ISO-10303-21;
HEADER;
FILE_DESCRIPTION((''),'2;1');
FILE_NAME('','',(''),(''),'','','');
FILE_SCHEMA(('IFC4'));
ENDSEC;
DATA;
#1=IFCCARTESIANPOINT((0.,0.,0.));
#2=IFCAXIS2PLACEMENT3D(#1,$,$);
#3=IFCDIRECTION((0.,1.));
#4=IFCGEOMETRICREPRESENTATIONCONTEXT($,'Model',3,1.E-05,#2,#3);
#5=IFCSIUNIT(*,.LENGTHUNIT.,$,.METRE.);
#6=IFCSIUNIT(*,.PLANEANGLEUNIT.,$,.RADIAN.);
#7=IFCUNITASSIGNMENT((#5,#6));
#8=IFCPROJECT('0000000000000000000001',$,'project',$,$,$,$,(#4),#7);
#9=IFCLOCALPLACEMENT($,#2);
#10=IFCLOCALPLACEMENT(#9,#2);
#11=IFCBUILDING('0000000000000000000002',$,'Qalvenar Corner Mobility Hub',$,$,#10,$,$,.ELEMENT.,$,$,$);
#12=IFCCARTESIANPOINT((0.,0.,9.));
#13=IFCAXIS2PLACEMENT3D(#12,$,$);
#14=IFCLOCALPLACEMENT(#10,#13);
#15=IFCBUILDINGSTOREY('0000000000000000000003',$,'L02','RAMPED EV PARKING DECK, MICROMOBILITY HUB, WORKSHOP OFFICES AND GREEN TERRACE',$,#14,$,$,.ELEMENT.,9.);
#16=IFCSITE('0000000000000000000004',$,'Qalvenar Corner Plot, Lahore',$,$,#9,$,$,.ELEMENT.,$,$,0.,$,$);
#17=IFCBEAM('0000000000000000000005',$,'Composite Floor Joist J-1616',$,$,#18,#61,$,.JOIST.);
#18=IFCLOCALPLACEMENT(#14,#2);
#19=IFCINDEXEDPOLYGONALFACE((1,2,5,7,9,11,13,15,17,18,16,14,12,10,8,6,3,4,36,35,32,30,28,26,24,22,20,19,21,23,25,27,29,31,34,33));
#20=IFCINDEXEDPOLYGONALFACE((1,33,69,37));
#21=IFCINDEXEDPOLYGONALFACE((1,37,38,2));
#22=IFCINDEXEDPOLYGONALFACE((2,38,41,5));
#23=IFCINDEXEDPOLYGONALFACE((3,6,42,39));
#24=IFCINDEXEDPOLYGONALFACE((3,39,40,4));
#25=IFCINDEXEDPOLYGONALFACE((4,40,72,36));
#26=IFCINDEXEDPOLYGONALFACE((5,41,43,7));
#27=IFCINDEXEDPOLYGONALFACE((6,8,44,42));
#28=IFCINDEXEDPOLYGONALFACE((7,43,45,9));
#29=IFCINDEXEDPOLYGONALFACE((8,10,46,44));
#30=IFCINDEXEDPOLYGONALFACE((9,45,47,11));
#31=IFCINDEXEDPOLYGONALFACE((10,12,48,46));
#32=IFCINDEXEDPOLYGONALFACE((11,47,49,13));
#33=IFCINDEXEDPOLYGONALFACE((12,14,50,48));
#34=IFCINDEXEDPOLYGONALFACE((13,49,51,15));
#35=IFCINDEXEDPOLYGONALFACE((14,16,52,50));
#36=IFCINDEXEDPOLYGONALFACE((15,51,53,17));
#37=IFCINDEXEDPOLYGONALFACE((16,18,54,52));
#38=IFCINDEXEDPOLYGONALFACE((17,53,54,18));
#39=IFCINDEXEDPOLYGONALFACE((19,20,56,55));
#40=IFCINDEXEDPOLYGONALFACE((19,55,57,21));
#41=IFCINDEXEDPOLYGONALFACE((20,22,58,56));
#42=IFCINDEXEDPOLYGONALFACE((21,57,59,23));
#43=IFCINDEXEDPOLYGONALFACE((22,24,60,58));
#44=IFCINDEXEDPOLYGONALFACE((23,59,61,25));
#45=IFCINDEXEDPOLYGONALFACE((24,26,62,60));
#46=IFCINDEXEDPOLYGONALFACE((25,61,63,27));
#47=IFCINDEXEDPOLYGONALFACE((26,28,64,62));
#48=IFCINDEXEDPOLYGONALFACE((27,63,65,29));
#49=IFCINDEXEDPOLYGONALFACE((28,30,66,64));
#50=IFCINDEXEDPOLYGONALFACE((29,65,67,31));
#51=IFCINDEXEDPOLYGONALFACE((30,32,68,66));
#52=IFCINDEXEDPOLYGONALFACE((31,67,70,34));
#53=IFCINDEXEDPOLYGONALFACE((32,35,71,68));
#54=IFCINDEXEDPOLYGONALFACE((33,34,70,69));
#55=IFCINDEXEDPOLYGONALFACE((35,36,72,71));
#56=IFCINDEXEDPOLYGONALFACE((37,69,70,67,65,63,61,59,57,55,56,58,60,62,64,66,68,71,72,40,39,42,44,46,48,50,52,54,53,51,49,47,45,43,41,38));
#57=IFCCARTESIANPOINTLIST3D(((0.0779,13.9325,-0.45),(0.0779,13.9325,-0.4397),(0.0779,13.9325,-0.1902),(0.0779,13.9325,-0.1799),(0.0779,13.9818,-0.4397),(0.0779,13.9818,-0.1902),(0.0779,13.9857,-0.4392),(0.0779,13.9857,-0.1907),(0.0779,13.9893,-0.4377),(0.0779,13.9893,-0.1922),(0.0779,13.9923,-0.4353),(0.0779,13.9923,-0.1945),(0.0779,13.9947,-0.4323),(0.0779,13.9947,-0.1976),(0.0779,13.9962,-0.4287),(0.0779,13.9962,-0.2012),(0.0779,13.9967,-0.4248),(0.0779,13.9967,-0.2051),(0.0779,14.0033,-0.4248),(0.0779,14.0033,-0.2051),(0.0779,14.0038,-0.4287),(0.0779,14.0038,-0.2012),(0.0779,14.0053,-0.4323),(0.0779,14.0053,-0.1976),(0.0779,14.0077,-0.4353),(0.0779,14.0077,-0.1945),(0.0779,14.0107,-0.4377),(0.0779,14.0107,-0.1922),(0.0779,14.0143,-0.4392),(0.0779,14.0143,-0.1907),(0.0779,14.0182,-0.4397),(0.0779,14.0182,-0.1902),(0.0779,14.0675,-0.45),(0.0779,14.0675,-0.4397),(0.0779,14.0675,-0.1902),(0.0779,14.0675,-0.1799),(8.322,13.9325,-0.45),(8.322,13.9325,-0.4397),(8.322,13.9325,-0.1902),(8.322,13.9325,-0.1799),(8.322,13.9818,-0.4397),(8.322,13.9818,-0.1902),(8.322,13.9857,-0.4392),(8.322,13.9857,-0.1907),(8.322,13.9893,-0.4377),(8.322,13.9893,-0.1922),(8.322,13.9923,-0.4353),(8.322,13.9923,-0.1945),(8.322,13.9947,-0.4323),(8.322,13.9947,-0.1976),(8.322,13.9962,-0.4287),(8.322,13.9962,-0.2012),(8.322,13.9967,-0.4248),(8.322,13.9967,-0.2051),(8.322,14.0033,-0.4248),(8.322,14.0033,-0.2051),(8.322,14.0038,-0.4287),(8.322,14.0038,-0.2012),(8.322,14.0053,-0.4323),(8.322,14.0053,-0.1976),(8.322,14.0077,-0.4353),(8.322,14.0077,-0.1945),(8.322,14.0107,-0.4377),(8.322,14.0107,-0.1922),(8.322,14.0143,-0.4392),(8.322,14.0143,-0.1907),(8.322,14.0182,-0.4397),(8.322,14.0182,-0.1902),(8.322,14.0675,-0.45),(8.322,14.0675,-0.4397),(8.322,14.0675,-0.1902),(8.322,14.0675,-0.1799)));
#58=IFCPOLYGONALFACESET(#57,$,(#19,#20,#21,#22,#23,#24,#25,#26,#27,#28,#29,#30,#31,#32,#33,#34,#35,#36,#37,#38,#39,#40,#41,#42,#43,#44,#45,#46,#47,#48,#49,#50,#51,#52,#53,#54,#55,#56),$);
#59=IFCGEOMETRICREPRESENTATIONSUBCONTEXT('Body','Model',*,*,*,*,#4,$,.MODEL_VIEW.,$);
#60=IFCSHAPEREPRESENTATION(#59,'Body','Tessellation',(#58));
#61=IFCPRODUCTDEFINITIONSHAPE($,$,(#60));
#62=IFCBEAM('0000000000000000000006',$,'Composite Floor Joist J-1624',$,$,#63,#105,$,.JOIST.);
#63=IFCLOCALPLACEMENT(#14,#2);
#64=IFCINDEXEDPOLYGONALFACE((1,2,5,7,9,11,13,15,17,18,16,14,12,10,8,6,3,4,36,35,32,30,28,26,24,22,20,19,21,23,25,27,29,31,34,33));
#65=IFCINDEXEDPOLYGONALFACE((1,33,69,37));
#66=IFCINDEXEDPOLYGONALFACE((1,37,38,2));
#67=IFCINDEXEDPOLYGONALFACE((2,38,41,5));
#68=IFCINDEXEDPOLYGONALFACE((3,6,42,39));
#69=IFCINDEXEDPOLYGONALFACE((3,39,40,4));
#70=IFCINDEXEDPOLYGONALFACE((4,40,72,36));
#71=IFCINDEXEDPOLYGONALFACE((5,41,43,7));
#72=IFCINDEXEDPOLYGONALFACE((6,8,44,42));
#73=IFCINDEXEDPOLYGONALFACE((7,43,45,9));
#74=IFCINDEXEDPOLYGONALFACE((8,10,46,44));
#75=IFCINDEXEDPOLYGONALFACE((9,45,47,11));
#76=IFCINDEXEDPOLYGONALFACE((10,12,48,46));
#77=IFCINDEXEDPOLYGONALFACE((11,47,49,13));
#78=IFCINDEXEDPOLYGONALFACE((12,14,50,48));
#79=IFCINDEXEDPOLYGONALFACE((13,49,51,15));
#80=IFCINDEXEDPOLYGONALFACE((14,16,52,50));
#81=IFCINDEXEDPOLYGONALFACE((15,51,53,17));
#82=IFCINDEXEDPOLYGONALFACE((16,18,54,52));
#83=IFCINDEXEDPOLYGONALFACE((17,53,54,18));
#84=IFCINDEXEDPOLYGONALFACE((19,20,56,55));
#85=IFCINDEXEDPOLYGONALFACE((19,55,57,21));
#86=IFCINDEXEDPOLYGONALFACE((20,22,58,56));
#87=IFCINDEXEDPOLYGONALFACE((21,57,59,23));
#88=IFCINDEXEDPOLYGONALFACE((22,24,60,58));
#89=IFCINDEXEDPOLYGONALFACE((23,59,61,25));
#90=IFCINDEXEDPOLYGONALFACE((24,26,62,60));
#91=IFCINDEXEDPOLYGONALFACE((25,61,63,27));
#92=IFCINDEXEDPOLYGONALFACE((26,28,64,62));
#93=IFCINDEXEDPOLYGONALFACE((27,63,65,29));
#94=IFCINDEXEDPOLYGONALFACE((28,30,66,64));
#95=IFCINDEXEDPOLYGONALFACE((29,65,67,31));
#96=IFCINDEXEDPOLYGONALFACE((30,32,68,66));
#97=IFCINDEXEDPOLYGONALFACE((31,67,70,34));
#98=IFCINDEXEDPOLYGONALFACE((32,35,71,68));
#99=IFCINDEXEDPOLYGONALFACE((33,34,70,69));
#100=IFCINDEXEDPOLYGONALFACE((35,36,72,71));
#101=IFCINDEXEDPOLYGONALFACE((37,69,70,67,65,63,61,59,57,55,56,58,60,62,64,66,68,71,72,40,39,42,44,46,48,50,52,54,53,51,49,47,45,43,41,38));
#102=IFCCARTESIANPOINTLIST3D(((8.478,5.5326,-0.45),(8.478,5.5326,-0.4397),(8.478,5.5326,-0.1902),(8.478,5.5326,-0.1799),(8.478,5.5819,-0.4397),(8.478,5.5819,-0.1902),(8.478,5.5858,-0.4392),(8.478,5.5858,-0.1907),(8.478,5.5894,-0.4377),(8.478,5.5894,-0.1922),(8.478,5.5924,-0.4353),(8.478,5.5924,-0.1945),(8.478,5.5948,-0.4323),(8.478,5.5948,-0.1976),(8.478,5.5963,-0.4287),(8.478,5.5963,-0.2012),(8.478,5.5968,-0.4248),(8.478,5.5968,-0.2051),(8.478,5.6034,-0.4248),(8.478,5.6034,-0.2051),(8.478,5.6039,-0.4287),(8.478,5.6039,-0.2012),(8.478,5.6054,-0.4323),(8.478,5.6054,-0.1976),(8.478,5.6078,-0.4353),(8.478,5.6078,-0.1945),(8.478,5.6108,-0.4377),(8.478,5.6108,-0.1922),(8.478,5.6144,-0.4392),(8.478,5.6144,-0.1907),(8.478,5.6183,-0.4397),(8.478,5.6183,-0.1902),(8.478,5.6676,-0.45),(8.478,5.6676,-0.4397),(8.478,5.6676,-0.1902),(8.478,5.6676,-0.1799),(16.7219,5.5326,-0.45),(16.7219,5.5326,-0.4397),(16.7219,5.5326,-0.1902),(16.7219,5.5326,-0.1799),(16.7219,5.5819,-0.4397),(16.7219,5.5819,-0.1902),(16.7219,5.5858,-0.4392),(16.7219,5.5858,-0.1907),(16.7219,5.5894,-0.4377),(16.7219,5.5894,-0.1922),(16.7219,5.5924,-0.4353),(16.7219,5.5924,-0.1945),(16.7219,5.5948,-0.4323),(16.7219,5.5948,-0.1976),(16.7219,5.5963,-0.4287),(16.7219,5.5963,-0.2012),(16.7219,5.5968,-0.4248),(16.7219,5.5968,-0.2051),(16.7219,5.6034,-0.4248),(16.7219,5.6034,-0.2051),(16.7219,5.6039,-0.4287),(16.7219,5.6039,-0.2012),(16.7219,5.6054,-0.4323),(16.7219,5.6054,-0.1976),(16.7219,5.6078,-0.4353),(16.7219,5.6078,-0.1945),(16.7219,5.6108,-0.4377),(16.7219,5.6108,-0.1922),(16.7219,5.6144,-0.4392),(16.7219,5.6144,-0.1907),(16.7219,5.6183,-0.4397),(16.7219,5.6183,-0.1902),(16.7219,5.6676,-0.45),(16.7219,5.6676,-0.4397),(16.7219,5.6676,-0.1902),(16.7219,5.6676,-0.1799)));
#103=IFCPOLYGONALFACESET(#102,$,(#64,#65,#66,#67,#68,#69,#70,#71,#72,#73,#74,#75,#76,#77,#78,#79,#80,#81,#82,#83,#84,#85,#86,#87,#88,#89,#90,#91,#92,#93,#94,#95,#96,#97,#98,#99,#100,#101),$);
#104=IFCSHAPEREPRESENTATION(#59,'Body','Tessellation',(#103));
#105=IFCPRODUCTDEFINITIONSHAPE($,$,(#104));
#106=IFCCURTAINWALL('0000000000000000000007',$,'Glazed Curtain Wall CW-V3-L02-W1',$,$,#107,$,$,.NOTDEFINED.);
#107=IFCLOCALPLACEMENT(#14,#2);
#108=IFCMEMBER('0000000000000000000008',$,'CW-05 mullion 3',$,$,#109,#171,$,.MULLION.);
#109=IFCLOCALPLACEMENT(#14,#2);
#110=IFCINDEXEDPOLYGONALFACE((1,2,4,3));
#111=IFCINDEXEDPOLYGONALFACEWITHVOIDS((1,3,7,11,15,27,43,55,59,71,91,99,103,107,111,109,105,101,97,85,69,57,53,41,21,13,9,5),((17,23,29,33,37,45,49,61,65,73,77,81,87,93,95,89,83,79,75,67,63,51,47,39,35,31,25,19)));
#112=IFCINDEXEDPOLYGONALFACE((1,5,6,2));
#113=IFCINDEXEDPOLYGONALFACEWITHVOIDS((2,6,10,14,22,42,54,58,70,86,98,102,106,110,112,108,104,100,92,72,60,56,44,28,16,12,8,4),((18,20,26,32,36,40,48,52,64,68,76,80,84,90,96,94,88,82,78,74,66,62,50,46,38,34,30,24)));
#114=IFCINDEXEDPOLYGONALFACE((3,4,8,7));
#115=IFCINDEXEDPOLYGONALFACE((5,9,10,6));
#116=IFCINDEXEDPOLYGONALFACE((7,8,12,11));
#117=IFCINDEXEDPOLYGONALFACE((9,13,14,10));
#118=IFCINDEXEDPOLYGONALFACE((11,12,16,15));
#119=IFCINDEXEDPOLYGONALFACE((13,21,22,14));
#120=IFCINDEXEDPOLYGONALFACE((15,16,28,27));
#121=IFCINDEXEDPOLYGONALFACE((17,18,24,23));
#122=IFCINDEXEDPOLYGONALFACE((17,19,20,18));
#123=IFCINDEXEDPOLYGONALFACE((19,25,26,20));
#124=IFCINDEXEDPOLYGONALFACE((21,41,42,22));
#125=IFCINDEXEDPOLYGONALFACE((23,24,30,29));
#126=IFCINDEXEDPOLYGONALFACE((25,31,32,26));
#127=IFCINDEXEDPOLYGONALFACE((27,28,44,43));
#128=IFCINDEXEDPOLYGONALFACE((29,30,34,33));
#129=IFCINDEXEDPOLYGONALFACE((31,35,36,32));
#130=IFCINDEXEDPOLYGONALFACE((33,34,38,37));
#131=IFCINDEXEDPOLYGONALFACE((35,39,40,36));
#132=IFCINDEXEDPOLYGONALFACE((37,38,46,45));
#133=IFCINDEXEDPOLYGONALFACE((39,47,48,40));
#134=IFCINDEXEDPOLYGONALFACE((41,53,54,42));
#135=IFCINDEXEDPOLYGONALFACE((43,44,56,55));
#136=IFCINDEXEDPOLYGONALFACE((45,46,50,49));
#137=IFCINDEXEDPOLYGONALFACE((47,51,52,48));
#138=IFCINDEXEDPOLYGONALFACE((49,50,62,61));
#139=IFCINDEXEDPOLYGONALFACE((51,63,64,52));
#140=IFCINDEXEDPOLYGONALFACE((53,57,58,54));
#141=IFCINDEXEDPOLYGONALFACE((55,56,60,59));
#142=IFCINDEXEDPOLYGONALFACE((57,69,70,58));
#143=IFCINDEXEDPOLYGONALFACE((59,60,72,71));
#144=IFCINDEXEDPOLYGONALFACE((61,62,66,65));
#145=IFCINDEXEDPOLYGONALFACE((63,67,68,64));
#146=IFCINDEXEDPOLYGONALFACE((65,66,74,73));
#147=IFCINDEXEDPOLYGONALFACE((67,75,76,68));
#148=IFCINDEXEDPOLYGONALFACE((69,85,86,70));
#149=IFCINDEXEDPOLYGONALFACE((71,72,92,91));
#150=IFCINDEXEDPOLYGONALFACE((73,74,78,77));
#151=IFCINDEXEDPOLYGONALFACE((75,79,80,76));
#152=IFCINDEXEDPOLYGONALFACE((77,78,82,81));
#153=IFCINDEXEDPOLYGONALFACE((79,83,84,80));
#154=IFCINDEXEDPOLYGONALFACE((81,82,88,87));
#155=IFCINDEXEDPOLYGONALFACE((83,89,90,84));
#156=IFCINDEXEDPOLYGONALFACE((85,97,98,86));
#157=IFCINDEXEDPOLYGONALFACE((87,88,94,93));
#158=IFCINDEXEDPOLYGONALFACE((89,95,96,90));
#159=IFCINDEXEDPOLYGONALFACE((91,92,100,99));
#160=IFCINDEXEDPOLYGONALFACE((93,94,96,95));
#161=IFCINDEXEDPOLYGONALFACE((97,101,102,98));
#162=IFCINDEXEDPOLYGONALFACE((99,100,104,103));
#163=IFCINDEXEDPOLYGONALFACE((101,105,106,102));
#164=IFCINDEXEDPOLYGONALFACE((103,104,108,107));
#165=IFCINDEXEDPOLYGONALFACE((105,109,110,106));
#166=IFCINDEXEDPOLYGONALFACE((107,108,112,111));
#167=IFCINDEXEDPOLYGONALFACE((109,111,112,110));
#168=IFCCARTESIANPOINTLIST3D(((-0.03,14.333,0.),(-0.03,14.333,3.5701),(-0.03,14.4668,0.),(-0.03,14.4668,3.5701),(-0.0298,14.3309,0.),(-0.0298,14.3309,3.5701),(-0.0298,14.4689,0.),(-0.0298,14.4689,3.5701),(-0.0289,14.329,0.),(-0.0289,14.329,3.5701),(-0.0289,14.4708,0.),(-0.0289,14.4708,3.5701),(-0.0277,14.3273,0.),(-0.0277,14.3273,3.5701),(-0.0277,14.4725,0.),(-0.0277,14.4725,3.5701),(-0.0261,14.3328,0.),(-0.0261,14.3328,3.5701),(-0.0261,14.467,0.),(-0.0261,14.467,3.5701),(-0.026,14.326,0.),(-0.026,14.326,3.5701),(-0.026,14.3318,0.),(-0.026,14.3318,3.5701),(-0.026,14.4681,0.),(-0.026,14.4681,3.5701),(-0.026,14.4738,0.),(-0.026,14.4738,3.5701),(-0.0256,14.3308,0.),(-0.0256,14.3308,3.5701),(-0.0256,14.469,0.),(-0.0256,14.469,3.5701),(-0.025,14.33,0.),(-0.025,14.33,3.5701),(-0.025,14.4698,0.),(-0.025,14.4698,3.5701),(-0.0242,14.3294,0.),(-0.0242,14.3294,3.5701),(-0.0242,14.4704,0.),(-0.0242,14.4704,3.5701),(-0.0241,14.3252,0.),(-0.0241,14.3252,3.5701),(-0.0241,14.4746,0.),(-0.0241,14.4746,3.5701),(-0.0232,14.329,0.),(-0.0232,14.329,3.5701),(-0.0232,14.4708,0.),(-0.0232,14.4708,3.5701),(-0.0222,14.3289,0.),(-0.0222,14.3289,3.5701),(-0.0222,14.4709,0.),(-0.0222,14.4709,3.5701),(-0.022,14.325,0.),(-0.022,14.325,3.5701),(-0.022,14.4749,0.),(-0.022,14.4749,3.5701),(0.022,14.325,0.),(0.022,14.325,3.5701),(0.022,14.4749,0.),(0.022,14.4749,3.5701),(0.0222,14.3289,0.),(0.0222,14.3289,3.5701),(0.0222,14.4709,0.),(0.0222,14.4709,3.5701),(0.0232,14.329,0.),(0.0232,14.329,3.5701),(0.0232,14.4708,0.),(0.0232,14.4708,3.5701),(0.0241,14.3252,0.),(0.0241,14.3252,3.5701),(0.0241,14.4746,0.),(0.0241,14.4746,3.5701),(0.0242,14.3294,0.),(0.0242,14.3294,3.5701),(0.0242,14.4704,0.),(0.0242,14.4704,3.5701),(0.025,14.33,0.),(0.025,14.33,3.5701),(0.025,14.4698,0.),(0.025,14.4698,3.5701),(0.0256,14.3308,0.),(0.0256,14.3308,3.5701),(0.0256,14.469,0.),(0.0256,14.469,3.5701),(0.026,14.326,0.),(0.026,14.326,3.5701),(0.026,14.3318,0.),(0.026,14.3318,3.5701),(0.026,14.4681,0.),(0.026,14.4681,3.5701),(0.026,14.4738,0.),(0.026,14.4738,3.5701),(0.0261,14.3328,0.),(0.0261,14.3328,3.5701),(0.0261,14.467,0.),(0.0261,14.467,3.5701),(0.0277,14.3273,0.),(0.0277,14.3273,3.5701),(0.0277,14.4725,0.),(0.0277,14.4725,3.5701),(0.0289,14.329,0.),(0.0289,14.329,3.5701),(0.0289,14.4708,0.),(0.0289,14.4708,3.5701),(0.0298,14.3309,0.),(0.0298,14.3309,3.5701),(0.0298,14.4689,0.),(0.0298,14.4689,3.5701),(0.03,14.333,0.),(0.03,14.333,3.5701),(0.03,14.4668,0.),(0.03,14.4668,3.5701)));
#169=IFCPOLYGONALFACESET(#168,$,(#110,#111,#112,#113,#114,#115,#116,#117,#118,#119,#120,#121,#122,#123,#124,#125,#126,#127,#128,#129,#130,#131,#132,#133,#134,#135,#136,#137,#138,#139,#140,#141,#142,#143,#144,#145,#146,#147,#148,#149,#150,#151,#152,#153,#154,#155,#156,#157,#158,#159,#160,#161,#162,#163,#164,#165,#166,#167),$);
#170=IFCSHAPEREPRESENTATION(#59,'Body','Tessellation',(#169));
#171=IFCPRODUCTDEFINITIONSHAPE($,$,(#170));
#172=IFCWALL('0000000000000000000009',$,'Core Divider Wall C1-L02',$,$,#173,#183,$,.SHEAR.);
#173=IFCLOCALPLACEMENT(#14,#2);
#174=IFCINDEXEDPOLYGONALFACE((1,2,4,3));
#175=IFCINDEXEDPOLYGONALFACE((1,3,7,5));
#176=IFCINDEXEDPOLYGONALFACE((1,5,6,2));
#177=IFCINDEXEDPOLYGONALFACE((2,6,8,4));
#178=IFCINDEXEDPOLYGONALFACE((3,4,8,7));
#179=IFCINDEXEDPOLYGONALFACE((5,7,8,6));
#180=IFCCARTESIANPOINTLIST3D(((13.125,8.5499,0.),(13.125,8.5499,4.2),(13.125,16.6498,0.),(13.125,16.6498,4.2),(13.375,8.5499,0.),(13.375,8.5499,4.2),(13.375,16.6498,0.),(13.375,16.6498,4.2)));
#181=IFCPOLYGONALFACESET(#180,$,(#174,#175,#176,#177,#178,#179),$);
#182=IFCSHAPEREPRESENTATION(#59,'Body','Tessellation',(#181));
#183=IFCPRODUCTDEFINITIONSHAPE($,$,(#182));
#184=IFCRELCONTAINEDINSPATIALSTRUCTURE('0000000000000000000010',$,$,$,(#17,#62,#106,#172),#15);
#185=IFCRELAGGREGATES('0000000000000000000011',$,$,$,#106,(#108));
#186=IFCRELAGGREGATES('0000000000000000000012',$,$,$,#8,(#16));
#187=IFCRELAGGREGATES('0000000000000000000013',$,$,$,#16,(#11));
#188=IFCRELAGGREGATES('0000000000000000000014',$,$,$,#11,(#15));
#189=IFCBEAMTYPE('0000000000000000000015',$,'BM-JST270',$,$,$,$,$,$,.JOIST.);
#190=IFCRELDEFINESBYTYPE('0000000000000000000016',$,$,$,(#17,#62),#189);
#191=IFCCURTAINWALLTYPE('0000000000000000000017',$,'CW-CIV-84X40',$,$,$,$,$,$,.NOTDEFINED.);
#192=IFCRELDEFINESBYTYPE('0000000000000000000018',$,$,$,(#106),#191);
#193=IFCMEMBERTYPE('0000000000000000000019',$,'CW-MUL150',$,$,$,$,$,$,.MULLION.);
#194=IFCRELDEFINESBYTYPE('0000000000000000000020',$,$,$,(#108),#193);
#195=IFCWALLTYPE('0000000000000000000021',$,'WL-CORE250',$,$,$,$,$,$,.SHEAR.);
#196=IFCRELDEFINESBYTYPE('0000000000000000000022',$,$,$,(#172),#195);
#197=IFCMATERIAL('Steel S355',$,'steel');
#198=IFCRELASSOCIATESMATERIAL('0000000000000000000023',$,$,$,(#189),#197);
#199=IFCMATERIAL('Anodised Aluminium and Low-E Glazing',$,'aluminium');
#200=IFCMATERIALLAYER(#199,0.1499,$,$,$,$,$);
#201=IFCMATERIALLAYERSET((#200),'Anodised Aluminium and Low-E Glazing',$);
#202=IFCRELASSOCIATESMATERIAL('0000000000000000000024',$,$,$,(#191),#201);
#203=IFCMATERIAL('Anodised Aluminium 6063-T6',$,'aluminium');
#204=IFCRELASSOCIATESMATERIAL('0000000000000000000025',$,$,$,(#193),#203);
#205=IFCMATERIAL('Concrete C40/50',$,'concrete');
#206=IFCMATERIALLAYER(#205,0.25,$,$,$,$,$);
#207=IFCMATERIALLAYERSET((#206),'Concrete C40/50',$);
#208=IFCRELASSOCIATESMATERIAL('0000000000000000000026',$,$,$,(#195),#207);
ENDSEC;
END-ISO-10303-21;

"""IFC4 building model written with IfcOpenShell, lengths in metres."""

from ifc_helpers import new_model, si_unit, direction, frame, frame_2d, origin, origin_2d, place, context, subcontext, project, spatial, rectangle, hollow_rectangle, i_section, extrude, material, layer, layer_set, material_profile, profile_set, type_object, element, aggregate, save


model = new_model("IFC4")

# Units and contexts
model_context = context("Model", 3, precision=1e-05, world=origin(), true_north=direction((0.0, 1.0)))
body_context = subcontext(model_context, "Body", "Model", "MODEL_VIEW")
ifc_project = project(units=[si_unit("LENGTHUNIT", "METRE"), si_unit("PLANEANGLEUNIT", "RADIAN")], contexts=[model_context])

# Site, building, storey
site_placement = place(None, origin())
site = spatial("IfcSite", under=ifc_project, at=site_placement, Name="Qalvenar Corner Plot, Lahore", CompositionType="ELEMENT", RefElevation=0.0)
building_placement = place(site_placement, origin())
building = spatial("IfcBuilding", under=site, at=building_placement, Name="Qalvenar Corner Mobility Hub", CompositionType="ELEMENT")
storey_placement = place(building_placement, frame((0.0, 0.0, 9.0)))
storey = spatial("IfcBuildingStorey", under=building, at=storey_placement, Name="L02", Description="RAMPED EV PARKING DECK, MICROMOBILITY HUB, WORKSHOP OFFICES AND GREEN TERRACE", CompositionType="ELEMENT", Elevation=9.0)

# Beams
ifc_material_1 = material(Name="Steel S355", Category="steel")
ifc_material_profile_1 = material_profile(ifc_material_1, i_section(OverallWidth=0.135, OverallDepth=0.27, WebThickness=0.0066, FlangeThickness=0.0103, FilletRadius=0.0149, at=origin_2d()), Name="IPE270")
ifc_profile_set_1 = profile_set([ifc_material_profile_1], Name="Steel S355")
beam_type_1 = type_object("IfcBeamType", Name="BM-JST270", PredefinedType="JOIST", material=ifc_profile_set_1)
for number, where, z_axis, x_axis, name in (
    (1, (0.0779, 14.0, -0.3149), (1.0, 0.0, 0.0), (0.0, 1.0, 0.0), "Composite Floor Joist J-1616"),
):
    element("IfcBeam", number, at=place(storey_placement, frame(where, z_axis=z_axis, x_axis=x_axis)), inside=storey, type_object=beam_type_1, Name=name, PredefinedType="JOIST", context=body_context, shape_type="SweptSolid", body=[
        extrude(i_section(OverallWidth=0.135, OverallDepth=0.27, WebThickness=0.0066, FlangeThickness=0.0103, FilletRadius=0.0149, at=origin_2d()), origin(), (0.0, 0.0, 1.0), 8.2441),
    ])
beam_1_placement = place(storey_placement, frame((8.478, 5.6001, -0.3149), z_axis=(1.0, 0.0, 0.0), x_axis=(0.0, 1.0, 0.0)))
element("IfcBeam", 2, at=beam_1_placement, inside=storey, type_object=beam_type_1, Name="Composite Floor Joist J-1624", PredefinedType="JOIST", context=body_context, shape_type="SweptSolid", body=[
    extrude(i_section(OverallWidth=0.135, OverallDepth=0.27, WebThickness=0.0066, FlangeThickness=0.0103, FilletRadius=0.0149, at=origin_2d()), origin(), (0.0, 0.0, 1.0), 8.2439),
])

# Curtain wall, member
ifc_material_2 = material(Name="Anodised Aluminium and Low-E Glazing", Category="aluminium")
ifc_layer_1 = layer(ifc_material_2, 0.1499)
ifc_layer_set_1 = layer_set([ifc_layer_1], Name="Anodised Aluminium and Low-E Glazing")
curtain_wall_type = type_object("IfcCurtainWallType", Name="CW-CIV-84X40", PredefinedType="NOTDEFINED", material=ifc_layer_set_1)
curtain_wall_placement = place(storey_placement, origin())
curtain_wall = element("IfcCurtainWall", 3, at=curtain_wall_placement, inside=storey, type_object=curtain_wall_type, Name="Glazed Curtain Wall CW-V3-L02-W1", PredefinedType="NOTDEFINED")
ifc_material_3 = material(Name="Anodised Aluminium 6063-T6", Category="aluminium")
ifc_material_profile_2 = material_profile(ifc_material_3, hollow_rectangle(XDim=0.0601, YDim=0.1499, WallThickness=0.0039, InnerFilletRadius=0.0039, OuterFilletRadius=0.0081, at=origin_2d()), Name="RHS150x60x4")
ifc_profile_set_2 = profile_set([ifc_material_profile_2], Name="Anodised Aluminium 6063-T6")
member_type = type_object("IfcMemberType", Name="CW-MUL150", PredefinedType="MULLION", material=ifc_profile_set_2)
member_placement = place(storey_placement, frame((0.0, 14.3999, 0.0), z_axis=(0.0, 0.0, 1.0), x_axis=(1.0, 0.0, 0.0)))
member = element("IfcMember", 4, at=member_placement, type_object=member_type, Name="CW-05 mullion 3", PredefinedType="MULLION", context=body_context, shape_type="SweptSolid", body=[
    extrude(hollow_rectangle(XDim=0.0601, YDim=0.1499, WallThickness=0.0039, InnerFilletRadius=0.0039, OuterFilletRadius=0.0081, at=origin_2d()), origin(), (0.0, 0.0, 1.0), 3.5701),
])
aggregate(curtain_wall, [member])

# Wall
ifc_material_4 = material(Name="Concrete C40/50", Category="concrete")
ifc_layer_2 = layer(ifc_material_4, 0.25)
ifc_layer_set_2 = layer_set([ifc_layer_2], Name="Concrete C40/50")
wall_type_1 = type_object("IfcWallType", Name="WL-CORE250", PredefinedType="SHEAR", material=ifc_layer_set_2)
wall_1_placement = place(storey_placement, frame((13.25, 8.55, 0.0), z_axis=(0.0, 0.0, 1.0), x_axis=(0.0, 1.0, 0.0)))
element("IfcWall", 5, at=wall_1_placement, inside=storey, type_object=wall_type_1, Name="Core Divider Wall C1-L02", PredefinedType="SHEAR", context=body_context, shape_type="SweptSolid", body=[
    extrude(rectangle(XDim=8.0999, YDim=0.25, at=frame_2d((4.0498, 0.0))), origin(), (0.0, 0.0, 1.0), 4.2),
])

save(model, "model.ifc")
